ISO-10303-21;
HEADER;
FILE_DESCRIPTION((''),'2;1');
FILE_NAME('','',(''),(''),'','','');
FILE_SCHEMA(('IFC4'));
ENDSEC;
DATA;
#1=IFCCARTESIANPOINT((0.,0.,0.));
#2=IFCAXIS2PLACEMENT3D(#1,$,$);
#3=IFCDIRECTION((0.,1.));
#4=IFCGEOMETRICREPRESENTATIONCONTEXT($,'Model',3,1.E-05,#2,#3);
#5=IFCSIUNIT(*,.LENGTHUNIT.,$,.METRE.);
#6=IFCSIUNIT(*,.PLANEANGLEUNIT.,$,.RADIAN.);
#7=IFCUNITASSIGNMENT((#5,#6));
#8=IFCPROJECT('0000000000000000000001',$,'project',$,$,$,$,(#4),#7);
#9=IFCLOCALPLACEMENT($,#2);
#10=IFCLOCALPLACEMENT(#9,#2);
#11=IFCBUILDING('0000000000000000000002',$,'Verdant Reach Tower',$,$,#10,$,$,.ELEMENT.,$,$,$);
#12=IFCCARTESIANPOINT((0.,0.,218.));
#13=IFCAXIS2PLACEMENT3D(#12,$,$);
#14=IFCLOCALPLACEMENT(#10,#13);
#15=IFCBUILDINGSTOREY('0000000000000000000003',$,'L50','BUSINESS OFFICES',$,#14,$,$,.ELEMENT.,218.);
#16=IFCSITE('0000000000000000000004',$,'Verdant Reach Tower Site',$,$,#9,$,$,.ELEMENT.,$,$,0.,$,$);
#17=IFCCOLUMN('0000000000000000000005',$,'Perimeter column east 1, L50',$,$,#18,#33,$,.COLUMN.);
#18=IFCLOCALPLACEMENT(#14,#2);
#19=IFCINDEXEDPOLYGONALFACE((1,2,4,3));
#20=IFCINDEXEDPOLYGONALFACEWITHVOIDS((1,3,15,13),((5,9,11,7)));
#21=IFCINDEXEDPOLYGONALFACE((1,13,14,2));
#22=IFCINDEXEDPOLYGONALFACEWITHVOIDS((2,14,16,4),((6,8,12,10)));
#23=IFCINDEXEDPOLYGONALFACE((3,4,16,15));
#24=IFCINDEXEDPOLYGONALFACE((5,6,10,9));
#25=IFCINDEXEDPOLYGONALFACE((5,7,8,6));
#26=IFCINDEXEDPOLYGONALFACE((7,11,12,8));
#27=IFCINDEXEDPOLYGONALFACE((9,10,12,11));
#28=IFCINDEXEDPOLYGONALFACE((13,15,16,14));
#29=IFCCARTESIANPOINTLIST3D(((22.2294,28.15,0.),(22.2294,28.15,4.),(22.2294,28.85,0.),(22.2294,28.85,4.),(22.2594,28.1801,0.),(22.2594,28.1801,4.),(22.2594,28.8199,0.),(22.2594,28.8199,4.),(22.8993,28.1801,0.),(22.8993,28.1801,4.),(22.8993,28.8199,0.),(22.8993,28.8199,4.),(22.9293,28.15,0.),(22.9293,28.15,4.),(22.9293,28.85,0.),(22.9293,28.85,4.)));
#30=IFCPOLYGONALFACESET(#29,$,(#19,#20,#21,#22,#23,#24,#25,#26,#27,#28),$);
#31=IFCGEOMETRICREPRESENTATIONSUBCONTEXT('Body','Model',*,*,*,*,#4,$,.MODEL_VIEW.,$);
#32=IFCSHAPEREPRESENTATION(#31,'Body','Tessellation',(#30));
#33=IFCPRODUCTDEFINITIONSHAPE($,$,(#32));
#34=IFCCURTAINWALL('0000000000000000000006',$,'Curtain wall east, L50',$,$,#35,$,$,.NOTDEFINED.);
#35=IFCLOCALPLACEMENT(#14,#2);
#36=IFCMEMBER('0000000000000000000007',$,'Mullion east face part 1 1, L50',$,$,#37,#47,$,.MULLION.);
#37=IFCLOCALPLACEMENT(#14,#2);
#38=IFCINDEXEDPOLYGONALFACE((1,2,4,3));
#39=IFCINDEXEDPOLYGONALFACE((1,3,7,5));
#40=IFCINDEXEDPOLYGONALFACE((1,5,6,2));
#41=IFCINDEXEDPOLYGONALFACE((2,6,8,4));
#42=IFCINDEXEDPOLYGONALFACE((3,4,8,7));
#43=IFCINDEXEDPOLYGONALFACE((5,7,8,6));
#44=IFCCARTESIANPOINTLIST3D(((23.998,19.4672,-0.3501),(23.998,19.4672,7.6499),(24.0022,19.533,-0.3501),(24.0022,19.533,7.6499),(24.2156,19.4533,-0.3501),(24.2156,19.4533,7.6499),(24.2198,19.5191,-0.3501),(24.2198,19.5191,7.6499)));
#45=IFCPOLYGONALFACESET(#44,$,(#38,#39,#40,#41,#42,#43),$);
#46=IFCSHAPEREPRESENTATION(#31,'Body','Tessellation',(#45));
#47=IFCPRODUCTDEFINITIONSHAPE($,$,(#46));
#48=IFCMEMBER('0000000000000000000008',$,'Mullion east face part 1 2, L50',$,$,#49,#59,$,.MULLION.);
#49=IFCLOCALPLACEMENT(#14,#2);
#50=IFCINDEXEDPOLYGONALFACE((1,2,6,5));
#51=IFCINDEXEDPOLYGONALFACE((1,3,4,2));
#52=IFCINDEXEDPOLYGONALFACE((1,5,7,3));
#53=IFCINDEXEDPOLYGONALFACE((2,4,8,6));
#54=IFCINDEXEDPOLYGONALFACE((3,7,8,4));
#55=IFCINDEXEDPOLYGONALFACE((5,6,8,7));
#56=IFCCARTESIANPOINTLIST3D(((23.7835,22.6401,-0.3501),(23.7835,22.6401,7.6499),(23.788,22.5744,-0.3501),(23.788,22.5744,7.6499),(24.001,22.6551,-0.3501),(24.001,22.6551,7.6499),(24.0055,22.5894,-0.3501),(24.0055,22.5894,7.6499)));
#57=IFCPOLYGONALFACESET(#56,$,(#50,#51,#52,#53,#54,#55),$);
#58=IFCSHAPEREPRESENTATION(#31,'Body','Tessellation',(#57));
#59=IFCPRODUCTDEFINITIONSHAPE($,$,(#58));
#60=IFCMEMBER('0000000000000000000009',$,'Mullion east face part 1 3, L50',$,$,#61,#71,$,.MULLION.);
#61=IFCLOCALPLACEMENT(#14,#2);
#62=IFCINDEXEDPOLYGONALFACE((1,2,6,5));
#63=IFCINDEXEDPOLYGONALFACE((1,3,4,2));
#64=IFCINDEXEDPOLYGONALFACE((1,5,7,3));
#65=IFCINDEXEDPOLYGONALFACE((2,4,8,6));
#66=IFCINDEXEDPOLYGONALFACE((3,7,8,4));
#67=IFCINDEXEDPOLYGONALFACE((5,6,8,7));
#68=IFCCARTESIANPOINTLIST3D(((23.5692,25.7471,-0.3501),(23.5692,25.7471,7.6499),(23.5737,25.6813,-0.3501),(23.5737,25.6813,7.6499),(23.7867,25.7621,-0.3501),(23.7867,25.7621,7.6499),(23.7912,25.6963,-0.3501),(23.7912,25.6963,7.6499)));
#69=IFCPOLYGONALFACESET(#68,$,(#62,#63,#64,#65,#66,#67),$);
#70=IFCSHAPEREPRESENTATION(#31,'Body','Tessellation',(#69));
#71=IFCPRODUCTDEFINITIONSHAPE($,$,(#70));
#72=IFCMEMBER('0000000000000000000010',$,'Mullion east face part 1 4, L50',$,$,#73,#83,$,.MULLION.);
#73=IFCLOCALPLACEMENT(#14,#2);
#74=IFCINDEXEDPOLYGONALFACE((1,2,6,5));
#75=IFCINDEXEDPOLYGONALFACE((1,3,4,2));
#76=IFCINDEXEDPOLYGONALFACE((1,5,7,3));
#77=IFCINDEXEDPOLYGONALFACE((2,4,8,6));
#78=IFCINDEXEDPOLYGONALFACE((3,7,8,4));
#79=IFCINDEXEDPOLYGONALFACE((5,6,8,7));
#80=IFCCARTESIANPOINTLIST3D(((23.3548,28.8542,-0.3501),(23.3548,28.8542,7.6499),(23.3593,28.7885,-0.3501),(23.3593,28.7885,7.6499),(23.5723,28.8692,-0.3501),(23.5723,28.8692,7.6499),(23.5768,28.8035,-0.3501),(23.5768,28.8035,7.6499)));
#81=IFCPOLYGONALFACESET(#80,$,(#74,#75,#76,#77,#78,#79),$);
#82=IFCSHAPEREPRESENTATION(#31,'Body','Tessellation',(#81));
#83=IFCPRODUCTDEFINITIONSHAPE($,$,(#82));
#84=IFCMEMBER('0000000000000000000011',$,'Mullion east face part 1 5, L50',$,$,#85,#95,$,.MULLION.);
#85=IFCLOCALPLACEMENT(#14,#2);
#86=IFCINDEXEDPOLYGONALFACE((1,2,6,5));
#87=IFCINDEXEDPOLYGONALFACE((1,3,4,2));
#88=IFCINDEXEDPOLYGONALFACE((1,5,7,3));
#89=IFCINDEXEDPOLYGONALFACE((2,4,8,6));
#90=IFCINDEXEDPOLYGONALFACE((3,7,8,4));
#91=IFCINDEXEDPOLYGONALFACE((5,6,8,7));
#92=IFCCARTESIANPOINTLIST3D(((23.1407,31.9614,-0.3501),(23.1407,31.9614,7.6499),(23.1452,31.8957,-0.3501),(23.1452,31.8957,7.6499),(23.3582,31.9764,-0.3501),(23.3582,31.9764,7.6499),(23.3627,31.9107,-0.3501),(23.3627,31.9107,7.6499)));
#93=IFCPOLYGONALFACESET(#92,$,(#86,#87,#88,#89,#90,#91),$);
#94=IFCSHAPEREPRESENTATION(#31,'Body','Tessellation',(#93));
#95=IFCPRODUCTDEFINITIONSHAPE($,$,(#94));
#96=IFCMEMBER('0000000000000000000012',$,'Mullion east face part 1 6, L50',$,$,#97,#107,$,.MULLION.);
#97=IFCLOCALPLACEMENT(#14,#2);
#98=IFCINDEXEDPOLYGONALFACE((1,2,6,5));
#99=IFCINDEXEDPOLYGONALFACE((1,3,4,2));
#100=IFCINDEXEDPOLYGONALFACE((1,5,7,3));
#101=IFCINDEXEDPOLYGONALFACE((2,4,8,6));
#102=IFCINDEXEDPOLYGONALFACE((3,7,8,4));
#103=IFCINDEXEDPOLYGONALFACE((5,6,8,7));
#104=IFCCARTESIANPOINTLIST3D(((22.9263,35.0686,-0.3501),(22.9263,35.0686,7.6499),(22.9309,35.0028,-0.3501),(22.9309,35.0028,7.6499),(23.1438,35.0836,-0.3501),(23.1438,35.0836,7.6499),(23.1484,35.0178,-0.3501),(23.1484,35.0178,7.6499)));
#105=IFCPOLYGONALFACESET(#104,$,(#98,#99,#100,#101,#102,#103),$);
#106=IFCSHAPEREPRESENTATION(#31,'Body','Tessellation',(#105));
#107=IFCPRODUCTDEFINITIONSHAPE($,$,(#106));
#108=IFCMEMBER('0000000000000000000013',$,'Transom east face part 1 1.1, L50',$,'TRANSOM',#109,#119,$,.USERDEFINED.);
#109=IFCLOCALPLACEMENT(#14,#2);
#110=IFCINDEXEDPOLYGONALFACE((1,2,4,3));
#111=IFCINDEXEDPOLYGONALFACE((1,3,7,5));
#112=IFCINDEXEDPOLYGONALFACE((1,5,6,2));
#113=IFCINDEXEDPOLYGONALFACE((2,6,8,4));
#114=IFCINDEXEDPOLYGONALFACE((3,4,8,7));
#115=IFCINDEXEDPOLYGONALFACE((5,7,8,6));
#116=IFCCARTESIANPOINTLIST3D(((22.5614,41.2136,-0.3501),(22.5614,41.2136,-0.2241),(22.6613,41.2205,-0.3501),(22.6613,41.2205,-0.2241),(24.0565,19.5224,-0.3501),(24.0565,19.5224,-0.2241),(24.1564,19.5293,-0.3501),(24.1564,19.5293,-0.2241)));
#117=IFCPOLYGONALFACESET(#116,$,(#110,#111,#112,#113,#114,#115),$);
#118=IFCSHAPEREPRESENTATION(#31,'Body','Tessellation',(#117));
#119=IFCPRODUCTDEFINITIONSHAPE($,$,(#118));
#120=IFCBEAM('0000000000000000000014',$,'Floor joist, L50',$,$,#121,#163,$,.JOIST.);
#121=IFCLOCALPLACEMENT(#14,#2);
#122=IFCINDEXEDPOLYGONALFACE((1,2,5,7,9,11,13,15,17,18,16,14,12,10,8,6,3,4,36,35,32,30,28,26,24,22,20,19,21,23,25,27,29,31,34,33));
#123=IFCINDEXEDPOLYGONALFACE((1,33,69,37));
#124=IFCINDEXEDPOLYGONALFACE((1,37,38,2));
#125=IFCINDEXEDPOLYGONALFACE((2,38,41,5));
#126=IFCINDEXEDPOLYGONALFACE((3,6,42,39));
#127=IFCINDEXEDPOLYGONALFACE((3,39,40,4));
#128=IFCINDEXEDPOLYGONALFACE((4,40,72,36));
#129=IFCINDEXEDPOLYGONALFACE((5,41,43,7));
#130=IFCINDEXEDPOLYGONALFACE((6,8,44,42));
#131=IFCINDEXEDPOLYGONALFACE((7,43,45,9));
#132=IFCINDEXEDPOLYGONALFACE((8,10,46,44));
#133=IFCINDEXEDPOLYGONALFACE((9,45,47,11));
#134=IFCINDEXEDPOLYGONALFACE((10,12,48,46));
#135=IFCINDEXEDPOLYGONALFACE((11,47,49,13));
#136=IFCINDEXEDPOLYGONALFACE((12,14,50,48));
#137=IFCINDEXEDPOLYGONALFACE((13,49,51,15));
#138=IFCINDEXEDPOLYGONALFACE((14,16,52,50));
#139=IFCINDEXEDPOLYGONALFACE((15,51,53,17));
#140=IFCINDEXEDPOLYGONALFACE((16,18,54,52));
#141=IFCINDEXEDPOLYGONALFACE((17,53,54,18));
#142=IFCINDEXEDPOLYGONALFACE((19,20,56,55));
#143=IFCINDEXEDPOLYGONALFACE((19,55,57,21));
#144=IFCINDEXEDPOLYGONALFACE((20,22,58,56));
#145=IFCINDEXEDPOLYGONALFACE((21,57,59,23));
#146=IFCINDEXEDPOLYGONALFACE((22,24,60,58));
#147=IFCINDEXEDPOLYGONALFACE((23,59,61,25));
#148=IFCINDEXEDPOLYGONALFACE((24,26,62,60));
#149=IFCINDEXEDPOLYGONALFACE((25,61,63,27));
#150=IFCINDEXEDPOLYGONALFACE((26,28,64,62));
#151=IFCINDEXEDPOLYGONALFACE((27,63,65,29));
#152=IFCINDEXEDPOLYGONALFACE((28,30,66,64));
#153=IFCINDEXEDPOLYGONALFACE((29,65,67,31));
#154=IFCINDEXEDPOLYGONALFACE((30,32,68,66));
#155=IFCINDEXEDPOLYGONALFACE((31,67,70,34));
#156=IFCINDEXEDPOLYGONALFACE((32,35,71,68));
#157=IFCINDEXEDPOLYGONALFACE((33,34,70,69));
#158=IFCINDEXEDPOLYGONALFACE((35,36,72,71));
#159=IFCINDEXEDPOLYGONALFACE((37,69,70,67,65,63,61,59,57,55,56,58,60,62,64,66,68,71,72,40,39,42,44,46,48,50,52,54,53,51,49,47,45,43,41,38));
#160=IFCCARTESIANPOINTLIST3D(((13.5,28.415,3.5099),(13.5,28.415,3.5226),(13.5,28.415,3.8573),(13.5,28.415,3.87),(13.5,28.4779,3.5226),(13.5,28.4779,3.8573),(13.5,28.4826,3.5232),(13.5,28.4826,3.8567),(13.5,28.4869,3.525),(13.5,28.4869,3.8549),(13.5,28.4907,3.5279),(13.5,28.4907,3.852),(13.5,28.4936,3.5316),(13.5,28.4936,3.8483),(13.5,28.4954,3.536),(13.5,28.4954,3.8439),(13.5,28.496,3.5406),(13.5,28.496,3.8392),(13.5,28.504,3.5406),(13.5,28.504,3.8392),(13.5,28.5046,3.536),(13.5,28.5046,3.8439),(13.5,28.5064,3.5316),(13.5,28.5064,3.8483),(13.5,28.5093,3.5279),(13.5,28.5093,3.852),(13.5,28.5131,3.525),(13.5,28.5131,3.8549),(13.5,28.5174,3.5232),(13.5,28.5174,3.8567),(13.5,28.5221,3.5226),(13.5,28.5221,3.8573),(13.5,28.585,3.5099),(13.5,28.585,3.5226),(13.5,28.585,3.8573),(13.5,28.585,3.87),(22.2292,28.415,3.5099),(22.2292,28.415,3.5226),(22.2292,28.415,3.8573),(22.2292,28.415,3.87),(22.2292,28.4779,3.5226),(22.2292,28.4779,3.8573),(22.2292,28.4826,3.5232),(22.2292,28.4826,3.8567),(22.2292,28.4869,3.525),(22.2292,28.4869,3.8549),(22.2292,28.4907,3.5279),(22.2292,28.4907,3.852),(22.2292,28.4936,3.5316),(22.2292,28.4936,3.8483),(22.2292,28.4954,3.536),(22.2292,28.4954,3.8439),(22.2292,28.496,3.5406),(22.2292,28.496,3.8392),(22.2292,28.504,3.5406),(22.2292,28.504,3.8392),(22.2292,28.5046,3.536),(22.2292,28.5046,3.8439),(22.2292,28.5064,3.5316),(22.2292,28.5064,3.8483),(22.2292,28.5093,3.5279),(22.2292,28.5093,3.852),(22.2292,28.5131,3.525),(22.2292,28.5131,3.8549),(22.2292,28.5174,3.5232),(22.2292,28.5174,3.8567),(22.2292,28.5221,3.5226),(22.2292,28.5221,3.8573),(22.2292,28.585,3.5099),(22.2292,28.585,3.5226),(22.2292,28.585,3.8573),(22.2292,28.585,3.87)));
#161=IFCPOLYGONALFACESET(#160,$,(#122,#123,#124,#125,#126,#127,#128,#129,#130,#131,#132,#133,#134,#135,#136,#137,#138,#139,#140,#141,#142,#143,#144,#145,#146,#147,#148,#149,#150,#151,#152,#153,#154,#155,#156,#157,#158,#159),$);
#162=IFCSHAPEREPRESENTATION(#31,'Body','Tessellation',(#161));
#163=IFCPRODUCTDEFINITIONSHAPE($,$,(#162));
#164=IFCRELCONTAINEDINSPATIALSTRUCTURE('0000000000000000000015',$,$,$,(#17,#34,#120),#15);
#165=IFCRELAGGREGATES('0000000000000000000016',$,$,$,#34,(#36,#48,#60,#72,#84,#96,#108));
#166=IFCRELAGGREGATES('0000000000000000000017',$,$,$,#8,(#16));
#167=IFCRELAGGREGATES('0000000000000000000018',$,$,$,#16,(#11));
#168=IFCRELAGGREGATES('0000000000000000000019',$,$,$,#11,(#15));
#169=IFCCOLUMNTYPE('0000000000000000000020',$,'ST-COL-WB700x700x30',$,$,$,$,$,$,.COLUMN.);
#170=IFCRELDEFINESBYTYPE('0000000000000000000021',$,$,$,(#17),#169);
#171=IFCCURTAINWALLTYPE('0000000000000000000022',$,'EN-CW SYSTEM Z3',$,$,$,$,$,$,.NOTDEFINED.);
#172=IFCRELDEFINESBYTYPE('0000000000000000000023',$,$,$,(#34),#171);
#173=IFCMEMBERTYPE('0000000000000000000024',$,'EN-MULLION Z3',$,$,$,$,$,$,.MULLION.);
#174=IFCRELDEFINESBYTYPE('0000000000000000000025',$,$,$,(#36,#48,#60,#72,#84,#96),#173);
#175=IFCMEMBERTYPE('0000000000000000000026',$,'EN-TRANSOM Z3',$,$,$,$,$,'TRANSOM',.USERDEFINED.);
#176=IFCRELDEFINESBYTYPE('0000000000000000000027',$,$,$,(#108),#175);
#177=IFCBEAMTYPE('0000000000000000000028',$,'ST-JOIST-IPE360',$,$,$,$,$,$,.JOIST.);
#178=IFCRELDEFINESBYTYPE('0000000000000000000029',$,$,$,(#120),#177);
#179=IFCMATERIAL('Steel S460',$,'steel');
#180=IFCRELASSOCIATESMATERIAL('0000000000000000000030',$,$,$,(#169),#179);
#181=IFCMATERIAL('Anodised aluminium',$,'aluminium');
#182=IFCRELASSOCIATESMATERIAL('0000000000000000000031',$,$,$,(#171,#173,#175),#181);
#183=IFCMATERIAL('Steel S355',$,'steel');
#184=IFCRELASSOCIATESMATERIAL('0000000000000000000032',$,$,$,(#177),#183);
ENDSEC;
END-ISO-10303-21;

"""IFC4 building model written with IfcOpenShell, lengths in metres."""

from ifc_helpers import new_model, si_unit, direction, frame, origin, origin_2d, place, context, subcontext, project, spatial, rectangle, hollow_rectangle, i_section, extrude, material, material_profile, profile_set, type_object, element, aggregate, save


model = new_model("IFC4")

# Units and contexts
model_context = context("Model", 3, precision=1e-05, world=origin(), true_north=direction((0.0, 1.0)))
body_context = subcontext(model_context, "Body", "Model", "MODEL_VIEW")
ifc_project = project(units=[si_unit("LENGTHUNIT", "METRE"), si_unit("PLANEANGLEUNIT", "RADIAN")], contexts=[model_context])

# Site, building, storey
site_placement = place(None, origin())
site = spatial("IfcSite", under=ifc_project, at=site_placement, Name="Verdant Reach Tower Site", CompositionType="ELEMENT", RefElevation=0.0)
building_placement = place(site_placement, origin())
building = spatial("IfcBuilding", under=site, at=building_placement, Name="Verdant Reach Tower", CompositionType="ELEMENT")
storey_placement = place(building_placement, frame((0.0, 0.0, 218.0)))
storey = spatial("IfcBuildingStorey", under=building, at=storey_placement, Name="L50", Description="BUSINESS OFFICES", CompositionType="ELEMENT", Elevation=218.0)

# Column
ifc_material_1 = material(Name="Steel S460", Category="steel")
ifc_material_profile_1 = material_profile(ifc_material_1, hollow_rectangle(XDim=0.7, YDim=0.7, WallThickness=0.03, at=origin_2d()), Name="WB 700x700x30")
ifc_profile_set_1 = profile_set([ifc_material_profile_1], Name="Steel S460")
column_type = type_object("IfcColumnType", Name="ST-COL-WB700x700x30", PredefinedType="COLUMN", material=ifc_profile_set_1)
column_placement = place(storey_placement, frame((22.5793, 28.5, 0.0), z_axis=(0.0, 0.0, 1.0), x_axis=(1.0, 0.0, 0.0)))
element("IfcColumn", 1, at=column_placement, inside=storey, type_object=column_type, Name="Perimeter column east 1, L50", PredefinedType="COLUMN", context=body_context, shape_type="SweptSolid", body=[
    extrude(hollow_rectangle(XDim=0.7, YDim=0.7, WallThickness=0.03, at=origin_2d()), origin(), (0.0, 0.0, 1.0), 4.0),
])

# Curtain wall, members
ifc_material_2 = material(Name="Anodised aluminium", Category="aluminium")
curtain_wall_type = type_object("IfcCurtainWallType", Name="EN-CW SYSTEM Z3", PredefinedType="NOTDEFINED", material=ifc_material_2)
curtain_wall_1_placement = place(storey_placement, origin())
curtain_wall_1 = element("IfcCurtainWall", 2, at=curtain_wall_1_placement, inside=storey, type_object=curtain_wall_type, Name="Curtain wall east, L50", PredefinedType="NOTDEFINED")
ifc_material_profile_2 = material_profile(ifc_material_2, rectangle(XDim=0.218, YDim=0.0659, at=origin_2d()), Name="Mullion 66x218")
ifc_profile_set_2 = profile_set([ifc_material_profile_2], Name="Anodised aluminium")
member_type_1 = type_object("IfcMemberType", Name="EN-MULLION Z3", PredefinedType="MULLION", material=ifc_profile_set_2)
member_1_placement = place(storey_placement, frame((24.1089, 19.4932, -0.3501), z_axis=(0.0, 0.0, 1.0), x_axis=(0.997969, -0.063699, 0.0)))
member_1 = element("IfcMember", 3, at=member_1_placement, type_object=member_type_1, Name="Mullion east face part 1 1, L50", PredefinedType="MULLION", context=body_context, shape_type="SweptSolid", body=[
    extrude(rectangle(XDim=0.218, YDim=0.0659, at=origin_2d()), origin(), (0.0, 0.0, 1.0), 8.0),
])
member_2_placement = place(storey_placement, frame((23.8945, 22.6147, -0.3501), z_axis=(0.0, 0.0, 1.0), x_axis=(0.99763, 0.068802, 0.0)))
member_2 = element("IfcMember", 4, at=member_2_placement, type_object=member_type_1, Name="Mullion east face part 1 2, L50", PredefinedType="MULLION", context=body_context, shape_type="SweptSolid", body=[
    extrude(rectangle(XDim=0.218, YDim=0.0659, at=origin_2d()), origin(), (0.0, 0.0, 1.0), 8.0),
])
member_3_placement = place(storey_placement, frame((23.6802, 25.7217, -0.3501), z_axis=(0.0, 0.0, 1.0), x_axis=(0.99763, 0.068802, 0.0)))
member_3 = element("IfcMember", 5, at=member_3_placement, type_object=member_type_1, Name="Mullion east face part 1 3, L50", PredefinedType="MULLION", context=body_context, shape_type="SweptSolid", body=[
    extrude(rectangle(XDim=0.218, YDim=0.0659, at=origin_2d()), origin(), (0.0, 0.0, 1.0), 8.0),
])
member_4_placement = place(storey_placement, frame((23.4658, 28.8289, -0.3501), z_axis=(0.0, 0.0, 1.0), x_axis=(0.99763, 0.068802, 0.0)))
member_4 = element("IfcMember", 6, at=member_4_placement, type_object=member_type_1, Name="Mullion east face part 1 4, L50", PredefinedType="MULLION", context=body_context, shape_type="SweptSolid", body=[
    extrude(rectangle(XDim=0.218, YDim=0.0659, at=origin_2d()), origin(), (0.0, 0.0, 1.0), 8.0),
])
member_5_placement = place(storey_placement, frame((23.2517, 31.936, -0.3501), z_axis=(0.0, 0.0, 1.0), x_axis=(0.99763, 0.068802, 0.0)))
member_5 = element("IfcMember", 7, at=member_5_placement, type_object=member_type_1, Name="Mullion east face part 1 5, L50", PredefinedType="MULLION", context=body_context, shape_type="SweptSolid", body=[
    extrude(rectangle(XDim=0.218, YDim=0.0659, at=origin_2d()), origin(), (0.0, 0.0, 1.0), 8.0),
])
member_6_placement = place(storey_placement, frame((23.0374, 35.0432, -0.3501), z_axis=(0.0, 0.0, 1.0), x_axis=(0.99763, 0.068802, 0.0)))
member_6 = element("IfcMember", 8, at=member_6_placement, type_object=member_type_1, Name="Mullion east face part 1 6, L50", PredefinedType="MULLION", context=body_context, shape_type="SweptSolid", body=[
    extrude(rectangle(XDim=0.218, YDim=0.0659, at=origin_2d()), origin(), (0.0, 0.0, 1.0), 8.0),
])
ifc_material_profile_3 = material_profile(ifc_material_2, rectangle(XDim=0.1001, YDim=0.126, at=origin_2d()), Name="Transom 126x100")
ifc_profile_set_3 = profile_set([ifc_material_profile_3], Name="Anodised aluminium")
member_type_2 = type_object("IfcMemberType", Name="EN-TRANSOM Z3", ElementType="TRANSOM", PredefinedType="USERDEFINED", material=ifc_profile_set_3)
member_7_placement = place(storey_placement, frame((24.1064, 19.5259, -0.2871), z_axis=(-0.068764, 0.997633, 0.0), x_axis=(-0.997633, -0.068764, 0.0)))
member_7 = element("IfcMember", 9, at=member_7_placement, type_object=member_type_2, Name="Transom east face part 1 1.1, L50", ObjectType="TRANSOM", PredefinedType="USERDEFINED", context=body_context, shape_type="SweptSolid", body=[
    extrude(rectangle(XDim=0.1001, YDim=0.126, at=origin_2d()), origin(), (0.0, 0.0, 1.0), 21.7427),
])

# Beam
ifc_material_3 = material(Name="Steel S355", Category="steel")
ifc_material_profile_4 = material_profile(ifc_material_3, i_section(OverallWidth=0.1699, OverallDepth=0.3601, WebThickness=0.0081, FlangeThickness=0.0127, FilletRadius=0.0181, at=origin_2d()), Name="IPE 360")
ifc_profile_set_4 = profile_set([ifc_material_profile_4], Name="Steel S355")
beam_type_1 = type_object("IfcBeamType", Name="ST-JOIST-IPE360", PredefinedType="JOIST", material=ifc_profile_set_4)
beam_1_placement = place(storey_placement, frame((13.5, 28.5, 3.6899), z_axis=(1.0, 0.0, 0.0), x_axis=(0.0, 1.0, 0.0)))
element("IfcBeam", 10, at=beam_1_placement, inside=storey, type_object=beam_type_1, Name="Floor joist, L50", PredefinedType="JOIST", context=body_context, shape_type="SweptSolid", body=[
    extrude(i_section(OverallWidth=0.1699, OverallDepth=0.3601, WebThickness=0.0081, FlangeThickness=0.0127, FilletRadius=0.0181, at=origin_2d()), origin(), (0.0, 0.0, 1.0), 8.7292),
])

aggregate(curtain_wall_1, [member_1, member_2, member_3, member_4, member_5, member_6, member_7])

save(model, "model.ifc")
